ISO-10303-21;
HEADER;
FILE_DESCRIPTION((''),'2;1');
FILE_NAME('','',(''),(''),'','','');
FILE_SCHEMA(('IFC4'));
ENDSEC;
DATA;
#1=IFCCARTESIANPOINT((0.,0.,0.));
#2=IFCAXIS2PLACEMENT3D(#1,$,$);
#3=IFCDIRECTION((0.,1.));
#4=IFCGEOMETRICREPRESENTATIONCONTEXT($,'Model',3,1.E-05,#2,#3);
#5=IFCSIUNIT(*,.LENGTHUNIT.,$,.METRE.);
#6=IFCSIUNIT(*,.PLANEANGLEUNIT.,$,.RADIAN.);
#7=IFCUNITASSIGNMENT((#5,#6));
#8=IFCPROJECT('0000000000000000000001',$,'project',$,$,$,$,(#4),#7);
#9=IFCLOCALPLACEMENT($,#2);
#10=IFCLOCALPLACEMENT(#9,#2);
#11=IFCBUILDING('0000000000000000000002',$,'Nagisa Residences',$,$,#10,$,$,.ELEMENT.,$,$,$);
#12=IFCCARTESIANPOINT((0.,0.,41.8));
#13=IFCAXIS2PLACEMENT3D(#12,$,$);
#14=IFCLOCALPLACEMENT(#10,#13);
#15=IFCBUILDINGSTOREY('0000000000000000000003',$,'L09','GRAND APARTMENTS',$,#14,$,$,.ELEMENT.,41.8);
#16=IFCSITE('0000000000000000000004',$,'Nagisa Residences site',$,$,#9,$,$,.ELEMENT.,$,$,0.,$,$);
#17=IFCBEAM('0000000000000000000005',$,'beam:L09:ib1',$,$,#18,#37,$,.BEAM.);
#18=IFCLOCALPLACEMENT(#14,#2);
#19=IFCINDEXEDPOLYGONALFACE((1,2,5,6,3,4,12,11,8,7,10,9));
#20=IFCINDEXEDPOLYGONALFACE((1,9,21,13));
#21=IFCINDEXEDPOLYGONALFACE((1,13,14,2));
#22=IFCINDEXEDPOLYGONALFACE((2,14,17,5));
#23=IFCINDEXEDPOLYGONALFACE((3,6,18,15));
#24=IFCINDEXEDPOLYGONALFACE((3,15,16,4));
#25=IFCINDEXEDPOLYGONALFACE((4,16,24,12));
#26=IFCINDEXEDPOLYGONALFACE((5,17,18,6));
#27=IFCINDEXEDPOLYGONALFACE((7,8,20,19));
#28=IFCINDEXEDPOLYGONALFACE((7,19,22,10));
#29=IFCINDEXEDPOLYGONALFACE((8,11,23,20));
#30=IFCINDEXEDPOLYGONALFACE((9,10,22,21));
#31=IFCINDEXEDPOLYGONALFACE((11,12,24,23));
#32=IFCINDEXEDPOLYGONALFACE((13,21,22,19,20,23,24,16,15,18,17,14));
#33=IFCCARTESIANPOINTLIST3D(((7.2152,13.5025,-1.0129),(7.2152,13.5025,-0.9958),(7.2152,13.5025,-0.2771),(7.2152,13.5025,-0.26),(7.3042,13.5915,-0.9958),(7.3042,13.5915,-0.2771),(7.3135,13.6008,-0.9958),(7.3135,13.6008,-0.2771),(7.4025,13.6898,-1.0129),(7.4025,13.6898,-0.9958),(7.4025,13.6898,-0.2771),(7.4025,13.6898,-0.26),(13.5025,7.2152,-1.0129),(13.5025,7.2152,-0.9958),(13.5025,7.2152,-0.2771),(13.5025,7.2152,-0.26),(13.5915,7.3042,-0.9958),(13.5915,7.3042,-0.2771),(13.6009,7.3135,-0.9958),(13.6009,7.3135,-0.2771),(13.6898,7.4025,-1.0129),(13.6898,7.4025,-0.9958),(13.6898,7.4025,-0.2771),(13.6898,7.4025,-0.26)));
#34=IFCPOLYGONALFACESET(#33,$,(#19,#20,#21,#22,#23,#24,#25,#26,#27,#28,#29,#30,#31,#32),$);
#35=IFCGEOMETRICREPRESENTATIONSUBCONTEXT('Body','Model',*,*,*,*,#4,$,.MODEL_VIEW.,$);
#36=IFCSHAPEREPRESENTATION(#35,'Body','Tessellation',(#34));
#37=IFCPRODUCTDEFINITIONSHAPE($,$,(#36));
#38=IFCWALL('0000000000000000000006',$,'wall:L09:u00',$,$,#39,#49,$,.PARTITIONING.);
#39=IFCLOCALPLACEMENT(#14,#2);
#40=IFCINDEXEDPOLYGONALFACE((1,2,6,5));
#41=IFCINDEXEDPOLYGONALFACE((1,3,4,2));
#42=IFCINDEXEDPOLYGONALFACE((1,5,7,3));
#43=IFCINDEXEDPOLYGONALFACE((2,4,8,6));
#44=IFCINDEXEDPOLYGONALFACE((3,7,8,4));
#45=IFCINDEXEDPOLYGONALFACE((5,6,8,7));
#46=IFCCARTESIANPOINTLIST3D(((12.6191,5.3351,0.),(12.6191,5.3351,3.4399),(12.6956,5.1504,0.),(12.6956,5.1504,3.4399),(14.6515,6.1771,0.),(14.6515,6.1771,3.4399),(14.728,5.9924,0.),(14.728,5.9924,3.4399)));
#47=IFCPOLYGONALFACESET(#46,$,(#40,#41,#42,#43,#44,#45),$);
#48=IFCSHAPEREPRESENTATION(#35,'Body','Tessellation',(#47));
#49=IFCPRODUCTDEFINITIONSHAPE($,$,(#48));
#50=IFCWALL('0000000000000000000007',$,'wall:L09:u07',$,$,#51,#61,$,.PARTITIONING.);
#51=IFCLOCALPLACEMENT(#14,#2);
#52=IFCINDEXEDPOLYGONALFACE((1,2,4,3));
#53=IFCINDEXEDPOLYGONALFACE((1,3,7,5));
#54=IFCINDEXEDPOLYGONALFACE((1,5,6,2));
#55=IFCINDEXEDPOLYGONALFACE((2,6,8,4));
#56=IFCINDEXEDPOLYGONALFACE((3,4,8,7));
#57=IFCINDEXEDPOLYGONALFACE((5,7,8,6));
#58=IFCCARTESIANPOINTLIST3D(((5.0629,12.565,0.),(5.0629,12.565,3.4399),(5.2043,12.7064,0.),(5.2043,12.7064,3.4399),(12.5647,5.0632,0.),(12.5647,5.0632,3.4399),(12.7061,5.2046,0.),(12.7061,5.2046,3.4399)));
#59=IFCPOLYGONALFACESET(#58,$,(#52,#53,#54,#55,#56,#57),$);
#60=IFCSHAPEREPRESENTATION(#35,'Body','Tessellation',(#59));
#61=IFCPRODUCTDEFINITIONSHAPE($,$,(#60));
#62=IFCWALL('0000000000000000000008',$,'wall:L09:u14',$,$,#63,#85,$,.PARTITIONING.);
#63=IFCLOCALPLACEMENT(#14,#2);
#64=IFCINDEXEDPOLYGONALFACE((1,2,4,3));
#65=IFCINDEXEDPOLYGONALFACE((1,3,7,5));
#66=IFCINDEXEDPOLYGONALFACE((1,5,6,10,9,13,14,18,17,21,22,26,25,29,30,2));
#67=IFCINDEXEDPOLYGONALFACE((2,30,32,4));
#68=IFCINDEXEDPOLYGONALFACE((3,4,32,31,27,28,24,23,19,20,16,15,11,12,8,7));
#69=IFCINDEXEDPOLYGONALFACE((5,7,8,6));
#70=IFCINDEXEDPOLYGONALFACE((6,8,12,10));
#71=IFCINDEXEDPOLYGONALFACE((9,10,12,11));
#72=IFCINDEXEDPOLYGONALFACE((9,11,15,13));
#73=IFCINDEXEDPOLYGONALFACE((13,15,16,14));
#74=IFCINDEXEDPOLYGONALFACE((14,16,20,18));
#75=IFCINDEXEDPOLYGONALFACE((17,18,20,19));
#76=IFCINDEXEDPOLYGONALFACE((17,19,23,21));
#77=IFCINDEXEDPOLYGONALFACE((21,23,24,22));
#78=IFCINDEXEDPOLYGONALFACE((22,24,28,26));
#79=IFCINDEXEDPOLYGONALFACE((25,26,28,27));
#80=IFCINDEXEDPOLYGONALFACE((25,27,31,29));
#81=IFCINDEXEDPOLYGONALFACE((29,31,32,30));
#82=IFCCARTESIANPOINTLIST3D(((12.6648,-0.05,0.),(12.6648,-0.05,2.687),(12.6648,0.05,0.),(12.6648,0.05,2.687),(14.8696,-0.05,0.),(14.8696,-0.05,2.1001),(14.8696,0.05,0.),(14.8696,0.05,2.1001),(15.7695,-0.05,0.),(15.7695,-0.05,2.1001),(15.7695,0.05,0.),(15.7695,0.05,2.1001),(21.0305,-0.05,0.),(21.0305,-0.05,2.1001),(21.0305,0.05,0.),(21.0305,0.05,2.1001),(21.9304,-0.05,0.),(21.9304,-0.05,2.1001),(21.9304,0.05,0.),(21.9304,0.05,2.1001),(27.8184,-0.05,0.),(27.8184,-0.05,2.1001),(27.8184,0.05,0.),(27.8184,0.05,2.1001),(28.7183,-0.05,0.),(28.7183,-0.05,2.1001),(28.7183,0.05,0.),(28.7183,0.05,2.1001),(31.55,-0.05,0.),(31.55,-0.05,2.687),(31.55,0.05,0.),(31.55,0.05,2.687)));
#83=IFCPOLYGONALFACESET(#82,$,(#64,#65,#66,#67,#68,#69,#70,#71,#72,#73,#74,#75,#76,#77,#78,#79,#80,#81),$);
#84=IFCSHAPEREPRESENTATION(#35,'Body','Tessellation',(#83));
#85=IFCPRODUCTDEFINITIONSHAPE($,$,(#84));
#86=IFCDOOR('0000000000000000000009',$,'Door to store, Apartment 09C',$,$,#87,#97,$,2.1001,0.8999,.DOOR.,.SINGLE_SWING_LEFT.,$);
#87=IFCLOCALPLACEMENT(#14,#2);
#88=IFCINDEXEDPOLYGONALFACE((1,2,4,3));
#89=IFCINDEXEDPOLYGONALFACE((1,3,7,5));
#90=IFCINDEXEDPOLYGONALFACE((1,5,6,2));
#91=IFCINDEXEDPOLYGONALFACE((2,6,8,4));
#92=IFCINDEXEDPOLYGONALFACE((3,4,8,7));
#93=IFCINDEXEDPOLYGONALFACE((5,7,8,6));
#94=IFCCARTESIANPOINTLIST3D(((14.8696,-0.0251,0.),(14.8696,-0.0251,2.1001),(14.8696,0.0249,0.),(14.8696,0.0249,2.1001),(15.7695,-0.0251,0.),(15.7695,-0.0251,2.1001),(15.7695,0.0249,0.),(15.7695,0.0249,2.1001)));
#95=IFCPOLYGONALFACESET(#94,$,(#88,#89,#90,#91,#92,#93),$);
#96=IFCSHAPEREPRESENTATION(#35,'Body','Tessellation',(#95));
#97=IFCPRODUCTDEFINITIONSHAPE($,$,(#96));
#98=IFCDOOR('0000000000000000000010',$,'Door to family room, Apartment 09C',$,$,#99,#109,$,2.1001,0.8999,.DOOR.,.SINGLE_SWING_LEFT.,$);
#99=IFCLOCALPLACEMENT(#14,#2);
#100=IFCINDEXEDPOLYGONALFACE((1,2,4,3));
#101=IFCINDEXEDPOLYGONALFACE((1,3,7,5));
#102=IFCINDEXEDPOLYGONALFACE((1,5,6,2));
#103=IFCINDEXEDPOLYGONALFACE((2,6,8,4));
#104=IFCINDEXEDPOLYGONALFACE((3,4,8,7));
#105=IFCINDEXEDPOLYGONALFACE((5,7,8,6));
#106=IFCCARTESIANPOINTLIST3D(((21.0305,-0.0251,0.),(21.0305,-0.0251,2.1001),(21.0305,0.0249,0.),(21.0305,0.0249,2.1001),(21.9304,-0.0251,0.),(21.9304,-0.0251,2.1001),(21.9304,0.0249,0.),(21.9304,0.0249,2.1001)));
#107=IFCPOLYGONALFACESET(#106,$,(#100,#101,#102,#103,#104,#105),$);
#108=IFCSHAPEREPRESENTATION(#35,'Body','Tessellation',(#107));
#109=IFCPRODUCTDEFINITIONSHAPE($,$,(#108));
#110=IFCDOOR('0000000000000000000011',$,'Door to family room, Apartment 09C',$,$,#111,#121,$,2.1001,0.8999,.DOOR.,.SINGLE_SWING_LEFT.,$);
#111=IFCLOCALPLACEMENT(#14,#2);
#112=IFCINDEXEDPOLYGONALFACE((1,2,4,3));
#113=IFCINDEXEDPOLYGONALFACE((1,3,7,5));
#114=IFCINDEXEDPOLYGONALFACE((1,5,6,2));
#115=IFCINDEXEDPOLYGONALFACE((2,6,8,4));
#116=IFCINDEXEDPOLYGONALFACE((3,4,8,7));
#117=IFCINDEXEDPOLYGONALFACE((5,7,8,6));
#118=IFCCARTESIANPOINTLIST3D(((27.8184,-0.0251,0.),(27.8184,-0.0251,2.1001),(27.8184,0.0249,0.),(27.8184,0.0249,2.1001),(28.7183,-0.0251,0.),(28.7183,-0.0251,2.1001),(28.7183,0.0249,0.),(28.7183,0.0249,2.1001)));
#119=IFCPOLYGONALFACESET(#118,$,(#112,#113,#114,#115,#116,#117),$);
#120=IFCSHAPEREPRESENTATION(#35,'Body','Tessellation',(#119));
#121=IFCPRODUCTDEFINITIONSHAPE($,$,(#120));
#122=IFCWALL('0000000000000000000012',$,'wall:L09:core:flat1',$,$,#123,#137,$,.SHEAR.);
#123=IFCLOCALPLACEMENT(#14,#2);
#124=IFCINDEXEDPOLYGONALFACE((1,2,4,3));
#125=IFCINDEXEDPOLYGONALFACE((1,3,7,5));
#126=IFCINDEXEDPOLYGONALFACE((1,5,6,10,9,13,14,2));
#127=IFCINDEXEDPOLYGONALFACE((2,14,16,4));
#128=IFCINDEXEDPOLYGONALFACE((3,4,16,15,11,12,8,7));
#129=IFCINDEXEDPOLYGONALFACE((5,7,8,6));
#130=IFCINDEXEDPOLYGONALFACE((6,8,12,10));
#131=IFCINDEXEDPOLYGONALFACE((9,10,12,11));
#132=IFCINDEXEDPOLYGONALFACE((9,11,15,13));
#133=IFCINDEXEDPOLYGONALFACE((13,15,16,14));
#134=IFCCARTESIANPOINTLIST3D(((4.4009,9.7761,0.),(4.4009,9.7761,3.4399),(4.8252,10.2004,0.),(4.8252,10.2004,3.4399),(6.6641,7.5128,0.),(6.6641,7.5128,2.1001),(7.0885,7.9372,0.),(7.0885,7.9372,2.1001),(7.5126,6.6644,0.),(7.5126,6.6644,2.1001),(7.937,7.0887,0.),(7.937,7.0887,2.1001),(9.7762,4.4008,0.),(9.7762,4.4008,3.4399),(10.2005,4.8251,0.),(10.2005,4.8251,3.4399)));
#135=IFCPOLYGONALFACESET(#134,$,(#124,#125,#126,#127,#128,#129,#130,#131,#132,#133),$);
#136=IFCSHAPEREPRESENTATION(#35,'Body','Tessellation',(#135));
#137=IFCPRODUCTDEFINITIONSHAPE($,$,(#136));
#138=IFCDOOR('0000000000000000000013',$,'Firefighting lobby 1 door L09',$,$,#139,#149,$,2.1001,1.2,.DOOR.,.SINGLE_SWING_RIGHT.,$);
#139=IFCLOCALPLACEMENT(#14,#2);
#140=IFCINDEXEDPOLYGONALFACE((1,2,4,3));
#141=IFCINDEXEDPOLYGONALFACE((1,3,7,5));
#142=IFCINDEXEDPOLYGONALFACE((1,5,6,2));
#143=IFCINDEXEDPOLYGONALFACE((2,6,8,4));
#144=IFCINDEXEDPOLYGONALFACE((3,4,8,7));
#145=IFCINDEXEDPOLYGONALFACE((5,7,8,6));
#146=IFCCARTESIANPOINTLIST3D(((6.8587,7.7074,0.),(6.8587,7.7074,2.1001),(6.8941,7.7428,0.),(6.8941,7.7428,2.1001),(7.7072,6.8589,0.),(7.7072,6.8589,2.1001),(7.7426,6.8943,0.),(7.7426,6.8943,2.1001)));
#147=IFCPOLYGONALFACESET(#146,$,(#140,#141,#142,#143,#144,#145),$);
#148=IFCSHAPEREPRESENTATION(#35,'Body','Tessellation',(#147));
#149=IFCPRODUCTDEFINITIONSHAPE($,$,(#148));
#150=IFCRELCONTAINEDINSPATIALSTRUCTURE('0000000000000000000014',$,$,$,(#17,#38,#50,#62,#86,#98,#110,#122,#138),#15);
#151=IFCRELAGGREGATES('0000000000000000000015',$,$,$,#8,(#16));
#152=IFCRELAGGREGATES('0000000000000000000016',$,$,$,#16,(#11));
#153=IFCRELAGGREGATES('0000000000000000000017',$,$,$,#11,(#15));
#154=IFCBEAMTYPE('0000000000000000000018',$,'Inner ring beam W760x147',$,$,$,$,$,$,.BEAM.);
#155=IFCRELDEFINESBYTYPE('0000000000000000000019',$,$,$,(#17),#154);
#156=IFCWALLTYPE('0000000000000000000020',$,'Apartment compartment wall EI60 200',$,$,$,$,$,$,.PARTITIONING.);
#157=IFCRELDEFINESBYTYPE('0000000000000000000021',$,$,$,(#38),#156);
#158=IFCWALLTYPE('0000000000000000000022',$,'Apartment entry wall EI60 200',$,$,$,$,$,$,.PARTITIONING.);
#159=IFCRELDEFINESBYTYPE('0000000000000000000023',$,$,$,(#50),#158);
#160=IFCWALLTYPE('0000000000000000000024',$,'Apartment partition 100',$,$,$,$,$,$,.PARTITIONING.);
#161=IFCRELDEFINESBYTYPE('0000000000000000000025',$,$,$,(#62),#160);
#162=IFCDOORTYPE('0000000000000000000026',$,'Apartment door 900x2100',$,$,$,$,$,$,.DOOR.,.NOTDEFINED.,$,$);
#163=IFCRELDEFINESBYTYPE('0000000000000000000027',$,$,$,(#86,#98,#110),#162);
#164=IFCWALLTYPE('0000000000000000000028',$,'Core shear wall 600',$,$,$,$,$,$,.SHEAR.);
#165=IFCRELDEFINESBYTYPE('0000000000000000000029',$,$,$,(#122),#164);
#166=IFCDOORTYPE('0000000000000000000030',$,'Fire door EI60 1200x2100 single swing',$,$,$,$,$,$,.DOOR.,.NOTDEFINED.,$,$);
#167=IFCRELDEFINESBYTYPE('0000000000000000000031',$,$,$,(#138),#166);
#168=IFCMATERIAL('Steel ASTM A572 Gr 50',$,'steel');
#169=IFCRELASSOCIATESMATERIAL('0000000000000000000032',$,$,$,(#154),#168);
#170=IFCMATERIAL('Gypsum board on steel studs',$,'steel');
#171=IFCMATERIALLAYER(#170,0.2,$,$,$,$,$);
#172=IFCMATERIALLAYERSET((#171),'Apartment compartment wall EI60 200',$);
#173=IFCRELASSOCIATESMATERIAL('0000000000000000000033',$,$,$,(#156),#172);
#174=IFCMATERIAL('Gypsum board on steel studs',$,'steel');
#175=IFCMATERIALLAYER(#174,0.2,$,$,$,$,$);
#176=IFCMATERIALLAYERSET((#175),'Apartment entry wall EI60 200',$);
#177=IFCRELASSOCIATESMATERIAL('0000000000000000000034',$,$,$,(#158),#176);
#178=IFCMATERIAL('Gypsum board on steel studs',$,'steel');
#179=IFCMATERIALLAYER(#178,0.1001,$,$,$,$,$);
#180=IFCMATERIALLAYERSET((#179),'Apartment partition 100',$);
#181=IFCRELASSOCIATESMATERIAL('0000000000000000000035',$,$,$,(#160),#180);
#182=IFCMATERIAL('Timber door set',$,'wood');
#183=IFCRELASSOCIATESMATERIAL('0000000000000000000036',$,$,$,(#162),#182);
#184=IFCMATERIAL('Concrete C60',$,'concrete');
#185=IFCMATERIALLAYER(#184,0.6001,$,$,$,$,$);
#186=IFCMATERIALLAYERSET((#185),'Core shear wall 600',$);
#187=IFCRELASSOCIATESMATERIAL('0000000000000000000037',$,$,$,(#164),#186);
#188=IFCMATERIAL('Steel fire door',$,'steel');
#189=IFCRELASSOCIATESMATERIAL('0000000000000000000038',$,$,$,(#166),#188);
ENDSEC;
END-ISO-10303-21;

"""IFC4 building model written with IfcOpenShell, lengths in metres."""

from ifc_helpers import new_model, si_unit, direction, frame, frame_2d, origin, origin_2d, place, context, subcontext, project, spatial, rectangle, i_section, extrude, material, layer, layer_set, material_profile, profile_set, type_object, element, fill, save


model = new_model("IFC4")

# Units and contexts
model_context = context("Model", 3, precision=1e-05, world=origin(), true_north=direction((0.0, 1.0)))
body_context = subcontext(model_context, "Body", "Model", "MODEL_VIEW")
ifc_project = project(units=[si_unit("LENGTHUNIT", "METRE"), si_unit("PLANEANGLEUNIT", "RADIAN")], contexts=[model_context])

# Site, building, storey
site_placement = place(None, origin())
site = spatial("IfcSite", under=ifc_project, at=site_placement, Name="Nagisa Residences site", CompositionType="ELEMENT", RefElevation=0.0)
building_placement = place(site_placement, origin())
building = spatial("IfcBuilding", under=site, at=building_placement, Name="Nagisa Residences", CompositionType="ELEMENT")
storey_placement = place(building_placement, frame((0.0, 0.0, 41.8)))
storey = spatial("IfcBuildingStorey", under=building, at=storey_placement, Name="L09", Description="GRAND APARTMENTS", CompositionType="ELEMENT", Elevation=41.8)

# Beam
ifc_material_1 = material(Name="Steel ASTM A572 Gr 50", Category="steel")
ifc_material_profile = material_profile(ifc_material_1, i_section(OverallWidth=0.2649, OverallDepth=0.7529, WebThickness=0.0132, FlangeThickness=0.0171, at=origin_2d()), Name="W760x147")
ifc_profile_set = profile_set([ifc_material_profile], Name="Steel ASTM A572 Gr 50")
beam_type = type_object("IfcBeamType", Name="Inner ring beam W760x147", PredefinedType="BEAM", material=ifc_profile_set)
beam_placement = place(storey_placement, frame((13.5962, 7.3088, -0.6365), z_axis=(-0.707107, 0.707107, 0.0), x_axis=(-0.707107, -0.707107, 0.0)))
element("IfcBeam", 1, at=beam_placement, inside=storey, type_object=beam_type, Name="beam:L09:ib1", PredefinedType="BEAM", context=body_context, shape_type="SweptSolid", body=[
    extrude(i_section(OverallWidth=0.2649, OverallDepth=0.7529, WebThickness=0.0132, FlangeThickness=0.0171, at=origin_2d()), origin(), (0.0, 0.0, 1.0), 8.8916),
])

# Walls
ifc_material_2 = material(Name="Gypsum board on steel studs", Category="steel")
ifc_layer_1 = layer(ifc_material_2, 0.2)
ifc_layer_set_1 = layer_set([ifc_layer_1], Name="Apartment compartment wall EI60 200")
wall_type_1 = type_object("IfcWallType", Name="Apartment compartment wall EI60 200", PredefinedType="PARTITIONING", material=ifc_layer_set_1)
wall_1_placement = place(storey_placement, frame((12.6572, 5.2427, 0.0), z_axis=(0.0, 0.0, 1.0), x_axis=(0.923853, 0.382747, 0.0)))
element("IfcWall", 2, at=wall_1_placement, inside=storey, type_object=wall_type_1, Name="wall:L09:u00", PredefinedType="PARTITIONING", context=body_context, shape_type="SweptSolid", body=[
    extrude(rectangle(XDim=2.2, YDim=0.2, at=frame_2d((1.1001, 0.0))), origin(), (0.0, 0.0, 1.0), 3.4399),
])
ifc_material_3 = material(Name="Gypsum board on steel studs", Category="steel")
ifc_layer_2 = layer(ifc_material_3, 0.2)
ifc_layer_set_2 = layer_set([ifc_layer_2], Name="Apartment entry wall EI60 200")
wall_type_2 = type_object("IfcWallType", Name="Apartment entry wall EI60 200", PredefinedType="PARTITIONING", material=ifc_layer_set_2)
wall_2_placement = place(storey_placement, frame((12.6355, 5.1338, 0.0), z_axis=(0.0, 0.0, 1.0), x_axis=(-0.707107, 0.707107, 0.0)))
element("IfcWall", 3, at=wall_2_placement, inside=storey, type_object=wall_type_2, Name="wall:L09:u07", PredefinedType="PARTITIONING", context=body_context, shape_type="SweptSolid", body=[
    extrude(rectangle(XDim=10.6091, YDim=0.2, at=frame_2d((5.3047, 0.0))), origin(), (0.0, 0.0, 1.0), 3.4399),
])

# Wall, openings, doors
ifc_material_4 = material(Name="Gypsum board on steel studs", Category="steel")
ifc_layer_3 = layer(ifc_material_4, 0.1001)
ifc_layer_set_3 = layer_set([ifc_layer_3], Name="Apartment partition 100")
wall_type_3 = type_object("IfcWallType", Name="Apartment partition 100", PredefinedType="PARTITIONING", material=ifc_layer_set_3)
wall_3_placement = place(storey_placement, frame((12.6648, 0.0, 0.0), z_axis=(0.0, 0.0, 1.0), x_axis=(1.0, 0.0, 0.0)))
wall_3 = element("IfcWall", 4, at=wall_3_placement, inside=storey, type_object=wall_type_3, Name="wall:L09:u14", PredefinedType="PARTITIONING", context=body_context, shape_type="SweptSolid", body=[
    extrude(rectangle(XDim=18.8853, YDim=0.1001, at=frame_2d((9.4426, 0.0))), origin(), (0.0, 0.0, 1.0), 2.687),
])
opening_1_placement = place(wall_3_placement, frame((2.2048, 0.0, 0.0)))
opening_1 = element("IfcOpeningElement", 5, at=opening_1_placement, cuts=wall_3, PredefinedType="OPENING", context=body_context, shape_type="SweptSolid", body=[
    extrude(rectangle(XDim=0.8999, YDim=2.1001, at=frame_2d((0.45, 1.05))), frame((0.0, 0.0601, 0.0), z_axis=(0.0, -1.0, 0.0), x_axis=(1.0, 0.0, 0.0)), (0.0, 0.0, 1.0), 0.1201),
])
opening_2_placement = place(wall_3_placement, frame((8.3657, 0.0, 0.0)))
opening_2 = element("IfcOpeningElement", 6, at=opening_2_placement, cuts=wall_3, PredefinedType="OPENING", context=body_context, shape_type="SweptSolid", body=[
    extrude(rectangle(XDim=0.8999, YDim=2.1001, at=frame_2d((0.45, 1.05))), frame((0.0, 0.0601, 0.0), z_axis=(0.0, -1.0, 0.0), x_axis=(1.0, 0.0, 0.0)), (0.0, 0.0, 1.0), 0.1201),
])
opening_3_placement = place(wall_3_placement, frame((15.1536, 0.0, 0.0)))
opening_3 = element("IfcOpeningElement", 7, at=opening_3_placement, cuts=wall_3, PredefinedType="OPENING", context=body_context, shape_type="SweptSolid", body=[
    extrude(rectangle(XDim=0.8999, YDim=2.1001, at=frame_2d((0.45, 1.05))), frame((0.0, 0.0601, 0.0), z_axis=(0.0, -1.0, 0.0), x_axis=(1.0, 0.0, 0.0)), (0.0, 0.0, 1.0), 0.1201),
])
ifc_material_5 = material(Name="Timber door set", Category="wood")
door_type_1 = type_object("IfcDoorType", Name="Apartment door 900x2100", OperationType="NOTDEFINED", PredefinedType="DOOR", material=ifc_material_5)
door_1_placement = place(opening_1_placement, origin())
door_1 = element("IfcDoor", 8, at=door_1_placement, inside=storey, type_object=door_type_1, Name="Door to store, Apartment 09C", OperationType="SINGLE_SWING_LEFT", OverallHeight=2.1001, OverallWidth=0.8999, PredefinedType="DOOR", context=body_context, shape_type="SweptSolid", body=[
    extrude(rectangle(XDim=0.8999, YDim=2.1001, at=frame_2d((0.45, 1.05))), frame((0.0, 0.0249, 0.0), z_axis=(0.0, -1.0, 0.0), x_axis=(1.0, 0.0, 0.0)), (0.0, 0.0, 1.0), 0.05),
])
fill(opening_1, door_1)
door_2_placement = place(opening_2_placement, origin())
door_2 = element("IfcDoor", 9, at=door_2_placement, inside=storey, type_object=door_type_1, Name="Door to family room, Apartment 09C", OperationType="SINGLE_SWING_LEFT", OverallHeight=2.1001, OverallWidth=0.8999, PredefinedType="DOOR", context=body_context, shape_type="SweptSolid", body=[
    extrude(rectangle(XDim=0.8999, YDim=2.1001, at=frame_2d((0.45, 1.05))), frame((0.0, 0.0249, 0.0), z_axis=(0.0, -1.0, 0.0), x_axis=(1.0, 0.0, 0.0)), (0.0, 0.0, 1.0), 0.05),
])
fill(opening_2, door_2)
door_3_placement = place(opening_3_placement, origin())
door_3 = element("IfcDoor", 10, at=door_3_placement, inside=storey, type_object=door_type_1, Name="Door to family room, Apartment 09C", OperationType="SINGLE_SWING_LEFT", OverallHeight=2.1001, OverallWidth=0.8999, PredefinedType="DOOR", context=body_context, shape_type="SweptSolid", body=[
    extrude(rectangle(XDim=0.8999, YDim=2.1001, at=frame_2d((0.45, 1.05))), frame((0.0, 0.0249, 0.0), z_axis=(0.0, -1.0, 0.0), x_axis=(1.0, 0.0, 0.0)), (0.0, 0.0, 1.0), 0.05),
])
fill(opening_3, door_3)

# Wall, opening, door
ifc_material_6 = material(Name="Concrete C60", Category="concrete")
ifc_layer_4 = layer(ifc_material_6, 0.6001)
ifc_layer_set_4 = layer_set([ifc_layer_4], Name="Core shear wall 600")
wall_type_4 = type_object("IfcWallType", Name="Core shear wall 600", PredefinedType="SHEAR", material=ifc_layer_set_4)
wall_4_placement = place(storey_placement, frame((9.9883, 4.613, 0.0), z_axis=(0.0, 0.0, 1.0), x_axis=(-0.707107, 0.707107, 0.0)))
wall_4 = element("IfcWall", 11, at=wall_4_placement, inside=storey, type_object=wall_type_4, Name="wall:L09:core:flat1", PredefinedType="SHEAR", context=body_context, shape_type="SweptSolid", body=[
    extrude(rectangle(XDim=7.6018, YDim=0.6001, at=frame_2d((3.8008, 0.0))), origin(), (0.0, 0.0, 1.0), 3.4399),
])
opening_4_placement = place(wall_4_placement, frame((3.2009, 0.0, 0.0)))
opening_4 = element("IfcOpeningElement", 12, at=opening_4_placement, cuts=wall_4, PredefinedType="OPENING", context=body_context, shape_type="SweptSolid", body=[
    extrude(rectangle(XDim=1.2, YDim=2.1001, at=frame_2d((0.6001, 1.05))), frame((0.0, 0.3101, 0.0), z_axis=(0.0, -1.0, 0.0), x_axis=(1.0, 0.0, 0.0)), (0.0, 0.0, 1.0), 0.6201),
])
ifc_material_7 = material(Name="Steel fire door", Category="steel")
door_type_2 = type_object("IfcDoorType", Name="Fire door EI60 1200x2100 single swing", OperationType="NOTDEFINED", PredefinedType="DOOR", material=ifc_material_7)
door_4_placement = place(opening_4_placement, origin())
door_4 = element("IfcDoor", 13, at=door_4_placement, inside=storey, type_object=door_type_2, Name="Firefighting lobby 1 door L09", OperationType="SINGLE_SWING_RIGHT", OverallHeight=2.1001, OverallWidth=1.2, PredefinedType="DOOR", context=body_context, shape_type="SweptSolid", body=[
    extrude(rectangle(XDim=1.2, YDim=2.1001, at=frame_2d((0.6001, 1.05))), frame((0.0, 0.0249, 0.0), z_axis=(0.0, -1.0, 0.0), x_axis=(1.0, 0.0, 0.0)), (0.0, 0.0, 1.0), 0.05),
])
fill(opening_4, door_4)

save(model, "model.ifc")
